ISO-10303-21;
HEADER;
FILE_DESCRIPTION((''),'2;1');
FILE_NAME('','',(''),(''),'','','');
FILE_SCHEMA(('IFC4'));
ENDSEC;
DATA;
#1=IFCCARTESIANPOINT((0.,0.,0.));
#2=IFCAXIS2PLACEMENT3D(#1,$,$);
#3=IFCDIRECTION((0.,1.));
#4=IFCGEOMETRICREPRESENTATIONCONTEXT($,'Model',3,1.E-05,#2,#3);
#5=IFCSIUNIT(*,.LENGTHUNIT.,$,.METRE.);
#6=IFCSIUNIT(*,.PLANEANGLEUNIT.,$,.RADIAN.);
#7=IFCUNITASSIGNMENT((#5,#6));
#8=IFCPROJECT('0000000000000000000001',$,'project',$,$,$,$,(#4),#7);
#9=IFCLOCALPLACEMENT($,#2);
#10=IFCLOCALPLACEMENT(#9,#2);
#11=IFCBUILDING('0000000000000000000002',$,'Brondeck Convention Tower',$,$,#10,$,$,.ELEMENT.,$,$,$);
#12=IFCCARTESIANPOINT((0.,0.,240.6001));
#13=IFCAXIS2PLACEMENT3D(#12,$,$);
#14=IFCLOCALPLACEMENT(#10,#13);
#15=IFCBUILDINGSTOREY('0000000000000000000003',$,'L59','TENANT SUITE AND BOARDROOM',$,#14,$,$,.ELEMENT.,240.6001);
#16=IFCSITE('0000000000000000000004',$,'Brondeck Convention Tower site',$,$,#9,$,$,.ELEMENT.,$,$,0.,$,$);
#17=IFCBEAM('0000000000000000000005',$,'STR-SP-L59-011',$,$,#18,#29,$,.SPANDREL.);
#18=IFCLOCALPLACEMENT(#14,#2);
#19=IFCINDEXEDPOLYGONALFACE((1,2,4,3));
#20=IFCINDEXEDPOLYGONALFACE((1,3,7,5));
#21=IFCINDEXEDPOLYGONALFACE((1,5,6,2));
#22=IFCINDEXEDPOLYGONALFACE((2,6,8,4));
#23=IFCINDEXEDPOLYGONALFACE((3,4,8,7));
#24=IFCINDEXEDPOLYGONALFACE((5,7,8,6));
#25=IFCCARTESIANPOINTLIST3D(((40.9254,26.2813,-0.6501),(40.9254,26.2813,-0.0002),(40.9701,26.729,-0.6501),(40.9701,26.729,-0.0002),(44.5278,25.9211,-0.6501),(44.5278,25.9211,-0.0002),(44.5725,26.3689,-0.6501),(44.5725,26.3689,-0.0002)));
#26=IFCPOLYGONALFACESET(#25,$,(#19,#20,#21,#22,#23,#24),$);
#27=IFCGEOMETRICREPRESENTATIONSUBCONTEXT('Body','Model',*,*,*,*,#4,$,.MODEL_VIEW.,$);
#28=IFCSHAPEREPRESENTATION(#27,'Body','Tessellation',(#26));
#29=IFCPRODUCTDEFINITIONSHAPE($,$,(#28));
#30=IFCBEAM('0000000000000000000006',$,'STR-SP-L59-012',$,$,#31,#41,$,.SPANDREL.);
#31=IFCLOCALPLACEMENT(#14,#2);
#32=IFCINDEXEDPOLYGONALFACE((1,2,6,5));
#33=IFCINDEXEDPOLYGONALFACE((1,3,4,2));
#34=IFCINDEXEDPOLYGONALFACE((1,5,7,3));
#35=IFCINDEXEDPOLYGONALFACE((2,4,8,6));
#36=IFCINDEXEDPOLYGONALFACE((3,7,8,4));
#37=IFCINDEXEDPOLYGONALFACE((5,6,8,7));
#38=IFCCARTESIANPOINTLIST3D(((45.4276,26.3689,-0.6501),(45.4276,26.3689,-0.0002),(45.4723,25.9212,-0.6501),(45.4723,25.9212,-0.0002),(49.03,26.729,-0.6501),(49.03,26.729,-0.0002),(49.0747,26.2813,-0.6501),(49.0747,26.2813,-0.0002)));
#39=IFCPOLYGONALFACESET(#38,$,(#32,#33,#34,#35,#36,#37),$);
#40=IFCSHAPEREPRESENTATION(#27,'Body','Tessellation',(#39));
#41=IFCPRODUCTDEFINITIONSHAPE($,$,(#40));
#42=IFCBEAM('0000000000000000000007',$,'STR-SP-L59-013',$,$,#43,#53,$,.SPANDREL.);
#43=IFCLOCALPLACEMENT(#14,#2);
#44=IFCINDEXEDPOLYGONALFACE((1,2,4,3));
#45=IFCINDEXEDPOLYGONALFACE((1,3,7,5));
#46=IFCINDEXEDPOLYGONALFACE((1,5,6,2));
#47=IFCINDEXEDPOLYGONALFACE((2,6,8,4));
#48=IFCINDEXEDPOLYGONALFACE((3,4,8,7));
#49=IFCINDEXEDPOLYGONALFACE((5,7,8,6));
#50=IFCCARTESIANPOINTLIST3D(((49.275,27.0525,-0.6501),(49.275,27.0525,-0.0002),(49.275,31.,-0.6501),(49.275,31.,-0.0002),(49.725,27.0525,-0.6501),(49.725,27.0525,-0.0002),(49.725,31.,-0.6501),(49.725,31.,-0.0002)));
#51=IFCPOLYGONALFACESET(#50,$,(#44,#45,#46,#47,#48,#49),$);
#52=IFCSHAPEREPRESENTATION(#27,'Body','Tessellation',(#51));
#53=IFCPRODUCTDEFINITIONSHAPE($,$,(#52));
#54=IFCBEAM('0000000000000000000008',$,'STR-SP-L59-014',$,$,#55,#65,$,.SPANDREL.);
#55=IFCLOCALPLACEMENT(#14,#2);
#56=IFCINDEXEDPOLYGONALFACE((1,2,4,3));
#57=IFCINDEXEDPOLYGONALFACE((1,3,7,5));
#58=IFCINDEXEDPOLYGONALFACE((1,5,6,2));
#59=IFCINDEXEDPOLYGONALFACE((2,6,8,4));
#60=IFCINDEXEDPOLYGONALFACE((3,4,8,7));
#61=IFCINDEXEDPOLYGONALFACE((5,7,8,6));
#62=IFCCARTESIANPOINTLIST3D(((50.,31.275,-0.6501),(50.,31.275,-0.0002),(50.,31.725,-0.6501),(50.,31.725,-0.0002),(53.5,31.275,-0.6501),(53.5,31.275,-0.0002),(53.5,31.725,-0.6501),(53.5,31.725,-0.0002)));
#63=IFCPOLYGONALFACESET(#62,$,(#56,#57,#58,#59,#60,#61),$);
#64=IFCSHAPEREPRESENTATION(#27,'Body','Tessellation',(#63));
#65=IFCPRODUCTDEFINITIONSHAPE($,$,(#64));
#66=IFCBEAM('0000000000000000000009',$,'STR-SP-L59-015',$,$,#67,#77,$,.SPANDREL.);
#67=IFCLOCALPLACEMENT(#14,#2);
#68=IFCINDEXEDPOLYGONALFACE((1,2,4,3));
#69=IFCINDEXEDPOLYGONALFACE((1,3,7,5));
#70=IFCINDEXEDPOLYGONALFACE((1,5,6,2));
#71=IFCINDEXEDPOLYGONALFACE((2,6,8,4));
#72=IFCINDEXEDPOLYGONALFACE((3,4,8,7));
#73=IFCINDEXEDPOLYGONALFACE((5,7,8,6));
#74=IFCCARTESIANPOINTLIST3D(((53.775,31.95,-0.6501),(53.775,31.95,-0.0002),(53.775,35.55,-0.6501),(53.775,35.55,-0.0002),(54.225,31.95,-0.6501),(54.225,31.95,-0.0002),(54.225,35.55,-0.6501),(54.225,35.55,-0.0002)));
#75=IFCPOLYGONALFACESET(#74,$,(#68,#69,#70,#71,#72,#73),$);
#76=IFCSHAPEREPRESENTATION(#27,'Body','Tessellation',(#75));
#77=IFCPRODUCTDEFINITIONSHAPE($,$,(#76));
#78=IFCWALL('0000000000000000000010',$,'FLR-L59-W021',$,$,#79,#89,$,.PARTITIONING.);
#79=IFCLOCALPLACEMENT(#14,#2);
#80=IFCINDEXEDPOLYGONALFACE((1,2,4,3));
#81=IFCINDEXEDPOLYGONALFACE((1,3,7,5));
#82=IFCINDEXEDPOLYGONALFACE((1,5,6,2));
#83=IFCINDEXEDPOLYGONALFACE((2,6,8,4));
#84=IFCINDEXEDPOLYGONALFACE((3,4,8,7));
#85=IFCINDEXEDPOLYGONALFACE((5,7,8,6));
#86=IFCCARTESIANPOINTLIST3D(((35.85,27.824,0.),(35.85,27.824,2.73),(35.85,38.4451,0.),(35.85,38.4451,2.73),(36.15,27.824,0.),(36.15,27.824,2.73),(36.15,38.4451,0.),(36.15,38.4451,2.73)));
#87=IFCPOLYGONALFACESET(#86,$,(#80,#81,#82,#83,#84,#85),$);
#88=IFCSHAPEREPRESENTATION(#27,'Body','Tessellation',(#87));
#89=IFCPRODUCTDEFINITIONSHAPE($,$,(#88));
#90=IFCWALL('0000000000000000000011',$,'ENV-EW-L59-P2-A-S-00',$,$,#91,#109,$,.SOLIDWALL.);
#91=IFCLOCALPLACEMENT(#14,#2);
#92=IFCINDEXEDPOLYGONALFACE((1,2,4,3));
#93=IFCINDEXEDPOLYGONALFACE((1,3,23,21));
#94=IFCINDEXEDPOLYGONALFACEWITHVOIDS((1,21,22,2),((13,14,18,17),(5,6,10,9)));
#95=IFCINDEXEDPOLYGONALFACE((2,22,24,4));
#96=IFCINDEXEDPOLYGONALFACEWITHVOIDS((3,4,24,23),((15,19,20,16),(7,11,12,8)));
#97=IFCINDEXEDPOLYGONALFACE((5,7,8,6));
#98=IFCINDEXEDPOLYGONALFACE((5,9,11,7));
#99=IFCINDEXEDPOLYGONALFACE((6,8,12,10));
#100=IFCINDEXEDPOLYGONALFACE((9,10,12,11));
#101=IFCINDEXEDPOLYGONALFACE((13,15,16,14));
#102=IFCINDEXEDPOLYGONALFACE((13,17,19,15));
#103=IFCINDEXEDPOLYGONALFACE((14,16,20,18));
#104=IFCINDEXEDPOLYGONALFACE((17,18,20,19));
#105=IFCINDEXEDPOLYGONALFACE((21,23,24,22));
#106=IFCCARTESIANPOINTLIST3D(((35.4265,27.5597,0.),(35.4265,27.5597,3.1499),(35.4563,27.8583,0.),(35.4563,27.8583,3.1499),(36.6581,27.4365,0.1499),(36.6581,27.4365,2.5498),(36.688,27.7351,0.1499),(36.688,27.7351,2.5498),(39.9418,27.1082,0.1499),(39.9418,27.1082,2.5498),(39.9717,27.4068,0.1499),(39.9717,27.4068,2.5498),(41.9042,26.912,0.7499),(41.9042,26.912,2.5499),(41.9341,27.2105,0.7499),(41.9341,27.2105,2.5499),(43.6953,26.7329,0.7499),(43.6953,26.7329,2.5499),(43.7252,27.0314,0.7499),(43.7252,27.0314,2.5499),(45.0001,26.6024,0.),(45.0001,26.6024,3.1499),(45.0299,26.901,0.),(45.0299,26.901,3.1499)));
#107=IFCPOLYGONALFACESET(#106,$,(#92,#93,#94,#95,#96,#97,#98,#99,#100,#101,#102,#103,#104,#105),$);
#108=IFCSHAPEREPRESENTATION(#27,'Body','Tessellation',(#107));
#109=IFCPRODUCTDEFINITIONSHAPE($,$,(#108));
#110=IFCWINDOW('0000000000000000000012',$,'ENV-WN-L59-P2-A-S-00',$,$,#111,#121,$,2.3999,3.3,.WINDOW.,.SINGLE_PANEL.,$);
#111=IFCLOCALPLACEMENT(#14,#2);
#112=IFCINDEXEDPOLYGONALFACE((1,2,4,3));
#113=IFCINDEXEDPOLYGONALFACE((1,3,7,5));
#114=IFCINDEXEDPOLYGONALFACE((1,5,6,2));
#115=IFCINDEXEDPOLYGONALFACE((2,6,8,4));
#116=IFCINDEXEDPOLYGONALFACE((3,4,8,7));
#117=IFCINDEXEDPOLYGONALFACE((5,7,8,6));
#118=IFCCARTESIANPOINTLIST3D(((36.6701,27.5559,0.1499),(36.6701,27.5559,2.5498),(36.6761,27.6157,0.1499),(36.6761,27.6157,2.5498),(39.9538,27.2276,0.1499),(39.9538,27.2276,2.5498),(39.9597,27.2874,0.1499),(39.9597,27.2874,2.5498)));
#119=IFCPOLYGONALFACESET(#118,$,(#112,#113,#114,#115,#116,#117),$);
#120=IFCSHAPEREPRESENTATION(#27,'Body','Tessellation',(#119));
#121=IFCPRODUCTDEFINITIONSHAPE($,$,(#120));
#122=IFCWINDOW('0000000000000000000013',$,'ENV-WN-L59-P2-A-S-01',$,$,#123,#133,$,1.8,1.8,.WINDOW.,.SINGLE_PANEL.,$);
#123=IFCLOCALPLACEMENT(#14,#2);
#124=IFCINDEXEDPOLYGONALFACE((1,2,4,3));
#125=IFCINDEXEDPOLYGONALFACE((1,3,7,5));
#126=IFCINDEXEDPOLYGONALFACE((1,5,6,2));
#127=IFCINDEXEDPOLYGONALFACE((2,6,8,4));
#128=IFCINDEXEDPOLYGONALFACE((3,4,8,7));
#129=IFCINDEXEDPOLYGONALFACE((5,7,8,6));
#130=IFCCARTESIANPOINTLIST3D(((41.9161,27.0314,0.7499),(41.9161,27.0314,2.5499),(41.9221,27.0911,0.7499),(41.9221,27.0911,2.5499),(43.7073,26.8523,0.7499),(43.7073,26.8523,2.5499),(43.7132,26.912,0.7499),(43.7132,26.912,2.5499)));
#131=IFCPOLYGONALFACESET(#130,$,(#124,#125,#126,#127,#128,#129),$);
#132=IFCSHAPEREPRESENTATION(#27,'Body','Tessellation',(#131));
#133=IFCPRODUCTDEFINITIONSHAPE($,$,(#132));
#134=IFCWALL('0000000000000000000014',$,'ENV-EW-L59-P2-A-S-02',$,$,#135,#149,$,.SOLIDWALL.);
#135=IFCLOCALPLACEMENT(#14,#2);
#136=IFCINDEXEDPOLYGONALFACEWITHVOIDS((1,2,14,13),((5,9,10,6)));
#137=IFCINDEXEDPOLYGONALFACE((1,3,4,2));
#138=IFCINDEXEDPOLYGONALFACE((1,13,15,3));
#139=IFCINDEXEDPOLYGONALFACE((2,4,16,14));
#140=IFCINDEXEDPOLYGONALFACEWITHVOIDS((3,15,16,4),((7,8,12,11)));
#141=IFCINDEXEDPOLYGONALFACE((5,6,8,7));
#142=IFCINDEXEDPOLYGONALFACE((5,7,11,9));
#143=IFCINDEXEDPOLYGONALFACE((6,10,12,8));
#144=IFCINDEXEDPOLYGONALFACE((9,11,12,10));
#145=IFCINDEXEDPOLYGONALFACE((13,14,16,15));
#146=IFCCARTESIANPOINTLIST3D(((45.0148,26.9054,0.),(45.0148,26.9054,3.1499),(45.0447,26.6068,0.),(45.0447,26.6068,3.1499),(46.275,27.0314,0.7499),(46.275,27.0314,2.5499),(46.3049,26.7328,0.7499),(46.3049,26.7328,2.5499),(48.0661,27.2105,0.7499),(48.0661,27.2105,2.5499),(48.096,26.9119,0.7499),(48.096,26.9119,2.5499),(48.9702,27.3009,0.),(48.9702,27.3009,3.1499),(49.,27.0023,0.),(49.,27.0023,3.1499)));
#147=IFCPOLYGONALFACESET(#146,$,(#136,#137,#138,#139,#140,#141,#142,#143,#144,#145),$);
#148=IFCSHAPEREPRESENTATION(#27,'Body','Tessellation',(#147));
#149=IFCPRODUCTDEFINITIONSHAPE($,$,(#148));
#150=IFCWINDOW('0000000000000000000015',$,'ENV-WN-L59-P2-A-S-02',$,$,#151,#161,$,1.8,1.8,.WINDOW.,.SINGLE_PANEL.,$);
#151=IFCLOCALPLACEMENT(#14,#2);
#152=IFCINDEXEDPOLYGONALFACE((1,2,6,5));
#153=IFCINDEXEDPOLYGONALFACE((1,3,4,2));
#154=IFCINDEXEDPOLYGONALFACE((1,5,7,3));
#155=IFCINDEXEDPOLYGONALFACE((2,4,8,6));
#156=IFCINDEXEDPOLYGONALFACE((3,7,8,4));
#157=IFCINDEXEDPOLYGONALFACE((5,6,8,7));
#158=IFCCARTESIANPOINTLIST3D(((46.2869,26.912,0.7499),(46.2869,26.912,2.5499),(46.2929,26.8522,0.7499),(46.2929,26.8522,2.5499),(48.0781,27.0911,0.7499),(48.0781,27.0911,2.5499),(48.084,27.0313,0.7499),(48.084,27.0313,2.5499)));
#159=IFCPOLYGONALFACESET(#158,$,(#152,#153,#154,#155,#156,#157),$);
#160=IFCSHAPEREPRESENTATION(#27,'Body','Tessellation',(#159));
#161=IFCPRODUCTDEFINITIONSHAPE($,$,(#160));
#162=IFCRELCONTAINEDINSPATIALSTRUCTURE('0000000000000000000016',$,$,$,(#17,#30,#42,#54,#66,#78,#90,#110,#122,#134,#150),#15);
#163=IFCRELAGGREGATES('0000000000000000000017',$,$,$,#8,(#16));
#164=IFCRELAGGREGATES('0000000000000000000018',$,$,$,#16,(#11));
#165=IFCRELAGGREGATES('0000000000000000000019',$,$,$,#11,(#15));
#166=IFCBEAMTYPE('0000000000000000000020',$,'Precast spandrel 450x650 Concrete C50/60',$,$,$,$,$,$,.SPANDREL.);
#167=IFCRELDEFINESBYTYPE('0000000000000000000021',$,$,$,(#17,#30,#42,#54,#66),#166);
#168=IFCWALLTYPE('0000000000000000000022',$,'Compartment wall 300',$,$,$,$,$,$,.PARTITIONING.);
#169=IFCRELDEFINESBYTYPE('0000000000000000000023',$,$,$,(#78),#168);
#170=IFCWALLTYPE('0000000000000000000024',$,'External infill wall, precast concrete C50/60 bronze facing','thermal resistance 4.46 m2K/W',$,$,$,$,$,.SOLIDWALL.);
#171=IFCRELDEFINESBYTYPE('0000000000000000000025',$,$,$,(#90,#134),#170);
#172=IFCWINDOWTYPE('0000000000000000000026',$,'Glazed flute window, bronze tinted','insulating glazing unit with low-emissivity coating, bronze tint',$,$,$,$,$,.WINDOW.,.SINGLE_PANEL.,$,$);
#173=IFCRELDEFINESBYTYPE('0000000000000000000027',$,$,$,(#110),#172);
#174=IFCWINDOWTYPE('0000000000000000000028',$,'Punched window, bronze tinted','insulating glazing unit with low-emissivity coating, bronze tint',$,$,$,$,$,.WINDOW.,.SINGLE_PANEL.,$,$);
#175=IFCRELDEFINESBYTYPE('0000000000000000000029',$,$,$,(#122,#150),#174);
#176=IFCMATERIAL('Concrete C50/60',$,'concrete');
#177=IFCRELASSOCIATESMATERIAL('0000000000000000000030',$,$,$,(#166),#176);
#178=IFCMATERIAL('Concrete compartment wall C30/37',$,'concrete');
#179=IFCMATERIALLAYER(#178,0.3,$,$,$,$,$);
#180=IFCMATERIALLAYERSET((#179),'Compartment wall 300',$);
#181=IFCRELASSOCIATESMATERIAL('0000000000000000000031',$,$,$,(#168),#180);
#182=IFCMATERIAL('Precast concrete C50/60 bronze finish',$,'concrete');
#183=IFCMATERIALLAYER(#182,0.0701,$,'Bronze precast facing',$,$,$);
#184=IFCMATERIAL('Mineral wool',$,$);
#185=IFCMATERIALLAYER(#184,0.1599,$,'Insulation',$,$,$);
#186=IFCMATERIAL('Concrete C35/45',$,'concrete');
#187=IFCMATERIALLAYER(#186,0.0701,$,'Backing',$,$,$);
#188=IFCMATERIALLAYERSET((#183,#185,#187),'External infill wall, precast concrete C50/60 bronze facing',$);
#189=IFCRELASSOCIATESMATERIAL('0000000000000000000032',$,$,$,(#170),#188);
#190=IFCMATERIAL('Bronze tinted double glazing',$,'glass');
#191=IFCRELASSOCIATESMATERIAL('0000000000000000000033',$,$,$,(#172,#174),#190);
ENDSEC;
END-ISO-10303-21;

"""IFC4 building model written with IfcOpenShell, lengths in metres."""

from ifc_helpers import new_model, si_unit, direction, frame, frame_2d, origin, origin_2d, place, context, subcontext, project, spatial, rectangle, extrude, material, layer, layer_set, material_profile, profile_set, type_object, element, fill, save


model = new_model("IFC4")

# Units and contexts
model_context = context("Model", 3, precision=1e-05, world=origin(), true_north=direction((0.0, 1.0)))
body_context = subcontext(model_context, "Body", "Model", "MODEL_VIEW")
ifc_project = project(units=[si_unit("LENGTHUNIT", "METRE"), si_unit("PLANEANGLEUNIT", "RADIAN")], contexts=[model_context])

# Site, building, storey
site_placement = place(None, origin())
site = spatial("IfcSite", under=ifc_project, at=site_placement, Name="Brondeck Convention Tower site", CompositionType="ELEMENT", RefElevation=0.0)
building_placement = place(site_placement, origin())
building = spatial("IfcBuilding", under=site, at=building_placement, Name="Brondeck Convention Tower", CompositionType="ELEMENT")
storey_placement = place(building_placement, frame((0.0, 0.0, 240.6001)))
storey = spatial("IfcBuildingStorey", under=building, at=storey_placement, Name="L59", Description="TENANT SUITE AND BOARDROOM", CompositionType="ELEMENT", Elevation=240.6001)

# Shared definitions
ifc_material_1 = material(Name="Concrete C50/60", Category="concrete")

# Beams
ifc_material_profile_1 = material_profile(ifc_material_1, rectangle(XDim=0.45, YDim=0.6499, at=origin_2d()), Name="Precast spandrel 450x650 Concrete C50/60")
ifc_profile_set_1 = profile_set([ifc_material_profile_1], Name="Concrete C50/60")
beam_type_1 = type_object("IfcBeamType", Name="Precast spandrel 450x650 Concrete C50/60", PredefinedType="SPANDREL", material=ifc_profile_set_1)
for number, where, z_axis, x_axis, name in (
    (1, (40.9478, 26.5051, -0.3252), (0.995041, -0.09947, 0.0), (0.09947, 0.995041, 0.0), "STR-SP-L59-011"),
    (2, (45.45, 26.145, -0.3252), (0.995041, 0.09947, 0.0), (-0.09947, 0.995041, 0.0), "STR-SP-L59-012"),
):
    element("IfcBeam", number, at=place(storey_placement, frame(where, z_axis=z_axis, x_axis=x_axis)), inside=storey, type_object=beam_type_1, Name=name, PredefinedType="SPANDREL", context=body_context, shape_type="SweptSolid", body=[
        extrude(rectangle(XDim=0.45, YDim=0.6499, at=origin_2d()), origin(), (0.0, 0.0, 1.0), 3.6204),
    ])
beam_1_placement = place(storey_placement, frame((49.5, 27.0525, -0.3252), z_axis=(0.0, 1.0, 0.0), x_axis=(-1.0, 0.0, 0.0)))
element("IfcBeam", 3, at=beam_1_placement, inside=storey, type_object=beam_type_1, Name="STR-SP-L59-013", PredefinedType="SPANDREL", context=body_context, shape_type="SweptSolid", body=[
    extrude(rectangle(XDim=0.45, YDim=0.6499, at=origin_2d()), origin(), (0.0, 0.0, 1.0), 3.9475),
])
beam_2_placement = place(storey_placement, frame((50.0, 31.5, -0.3252), z_axis=(1.0, 0.0, 0.0), x_axis=(0.0, 1.0, 0.0)))
element("IfcBeam", 4, at=beam_2_placement, inside=storey, type_object=beam_type_1, Name="STR-SP-L59-014", PredefinedType="SPANDREL", context=body_context, shape_type="SweptSolid", body=[
    extrude(rectangle(XDim=0.45, YDim=0.6499, at=origin_2d()), origin(), (0.0, 0.0, 1.0), 3.5),
])
beam_3_placement = place(storey_placement, frame((54.0, 31.95, -0.3252), z_axis=(0.0, 1.0, 0.0), x_axis=(-1.0, 0.0, 0.0)))
element("IfcBeam", 5, at=beam_3_placement, inside=storey, type_object=beam_type_1, Name="STR-SP-L59-015", PredefinedType="SPANDREL", context=body_context, shape_type="SweptSolid", body=[
    extrude(rectangle(XDim=0.45, YDim=0.6499, at=origin_2d()), origin(), (0.0, 0.0, 1.0), 3.6001),
])

# Wall
ifc_material_2 = material(Name="Concrete compartment wall C30/37", Category="concrete")
ifc_layer_1 = layer(ifc_material_2, 0.3)
ifc_layer_set_1 = layer_set([ifc_layer_1], Name="Compartment wall 300")
wall_type_1 = type_object("IfcWallType", Name="Compartment wall 300", PredefinedType="PARTITIONING", material=ifc_layer_set_1)
wall_1_placement = place(storey_placement, frame((36.0, 27.824, 0.0), z_axis=(0.0, 0.0, 1.0), x_axis=(0.0, 1.0, 0.0)))
element("IfcWall", 6, at=wall_1_placement, inside=storey, type_object=wall_type_1, Name="FLR-L59-W021", PredefinedType="PARTITIONING", context=body_context, shape_type="SweptSolid", body=[
    extrude(rectangle(XDim=10.6211, YDim=0.3, at=frame_2d((5.3105, 0.0))), origin(), (0.0, 0.0, 1.0), 2.73),
])

# Wall, openings, windows
ifc_material_3 = material(Name="Precast concrete C50/60 bronze finish", Category="concrete")
ifc_layer_2 = layer(ifc_material_3, 0.0701, Name="Bronze precast facing")
ifc_material_4 = material(Name="Mineral wool")
ifc_layer_3 = layer(ifc_material_4, 0.1599, Name="Insulation")
ifc_material_5 = material(Name="Concrete C35/45", Category="concrete")
ifc_layer_4 = layer(ifc_material_5, 0.0701, Name="Backing")
ifc_layer_set_2 = layer_set([ifc_layer_2, ifc_layer_3, ifc_layer_4], Name="External infill wall, precast concrete C50/60 bronze facing")
wall_type_2 = type_object("IfcWallType", Name="External infill wall, precast concrete C50/60 bronze facing", Description="thermal resistance 4.46 m2K/W", PredefinedType="SOLIDWALL", material=ifc_layer_set_2)
wall_2_placement = place(storey_placement, frame((45.0149, 26.7517, 0.0), z_axis=(0.0, 0.0, 1.0), x_axis=(-0.995038, 0.099496, 0.0)))
wall_2 = element("IfcWall", 7, at=wall_2_placement, inside=storey, type_object=wall_type_2, Name="ENV-EW-L59-P2-A-S-00", PredefinedType="SOLIDWALL", context=body_context, shape_type="SweptSolid", body=[
    extrude(rectangle(XDim=9.6213, YDim=0.3, at=frame_2d((4.8105, 0.0))), origin(), (0.0, 0.0, 1.0), 3.1499),
])
opening_1_placement = place(wall_2_placement, frame((1.3113, 0.0, 0.75)))
opening_1 = element("IfcOpeningElement", 8, at=opening_1_placement, cuts=wall_2, PredefinedType="OPENING", context=body_context, shape_type="SweptSolid", body=[
    extrude(rectangle(XDim=1.8, YDim=1.8, at=frame_2d((0.8999, 0.8999))), frame((0.0, 0.1599, 0.0), z_axis=(0.0, -1.0, 0.0), x_axis=(1.0, 0.0, 0.0)), (0.0, 0.0, 1.0), 0.3201),
])
opening_2_placement = place(wall_2_placement, frame((5.0835, 0.0, 0.1499)))
opening_2 = element("IfcOpeningElement", 9, at=opening_2_placement, cuts=wall_2, PredefinedType="OPENING", context=body_context, shape_type="SweptSolid", body=[
    extrude(rectangle(XDim=3.3, YDim=2.3999, at=frame_2d((1.6499, 1.2))), frame((0.0, 0.1599, 0.0), z_axis=(0.0, -1.0, 0.0), x_axis=(1.0, 0.0, 0.0)), (0.0, 0.0, 1.0), 0.3201),
])
ifc_material_6 = material(Name="Bronze tinted double glazing", Category="glass")
window_type_1 = type_object("IfcWindowType", Name="Glazed flute window, bronze tinted", Description="insulating glazing unit with low-emissivity coating, bronze tint", PartitioningType="SINGLE_PANEL", PredefinedType="WINDOW", material=ifc_material_6)
window_1_placement = place(opening_2_placement, origin())
window_1 = element("IfcWindow", 10, at=window_1_placement, inside=storey, type_object=window_type_1, Name="ENV-WN-L59-P2-A-S-00", OverallHeight=2.3999, OverallWidth=3.3, PartitioningType="SINGLE_PANEL", PredefinedType="WINDOW", context=body_context, shape_type="SweptSolid", body=[
    extrude(rectangle(XDim=3.3, YDim=2.3999, at=frame_2d((1.6499, 1.2))), frame((0.0, 0.03, 0.0), z_axis=(0.0, -1.0, 0.0), x_axis=(1.0, 0.0, 0.0)), (0.0, 0.0, 1.0), 0.0601),
])
fill(opening_2, window_1)
window_type_2 = type_object("IfcWindowType", Name="Punched window, bronze tinted", Description="insulating glazing unit with low-emissivity coating, bronze tint", PartitioningType="SINGLE_PANEL", PredefinedType="WINDOW", material=ifc_material_6)
window_2_placement = place(opening_1_placement, origin())
window_2 = element("IfcWindow", 11, at=window_2_placement, inside=storey, type_object=window_type_2, Name="ENV-WN-L59-P2-A-S-01", OverallHeight=1.8, OverallWidth=1.8, PartitioningType="SINGLE_PANEL", PredefinedType="WINDOW", context=body_context, shape_type="SweptSolid", body=[
    extrude(rectangle(XDim=1.8, YDim=1.8, at=frame_2d((0.8999, 0.8999))), frame((0.0, 0.03, 0.0), z_axis=(0.0, -1.0, 0.0), x_axis=(1.0, 0.0, 0.0)), (0.0, 0.0, 1.0), 0.0601),
])
fill(opening_1, window_2)

# Wall, opening, window
wall_3_placement = place(storey_placement, frame((48.9851, 27.1516, 0.0), z_axis=(0.0, 0.0, 1.0), x_axis=(-0.995038, -0.099498, 0.0)))
wall_3 = element("IfcWall", 12, at=wall_3_placement, inside=storey, type_object=wall_type_2, Name="ENV-EW-L59-P2-A-S-02", PredefinedType="SOLIDWALL", context=body_context, shape_type="SweptSolid", body=[
    extrude(rectangle(XDim=3.9751, YDim=0.3, at=frame_2d((1.9875, 0.0))), origin(), (0.0, 0.0, 1.0), 3.1499),
])
opening_3_placement = place(wall_3_placement, frame((0.9087, 0.0, 0.75)))
opening_3 = element("IfcOpeningElement", 13, at=opening_3_placement, cuts=wall_3, PredefinedType="OPENING", context=body_context, shape_type="SweptSolid", body=[
    extrude(rectangle(XDim=1.8, YDim=1.8, at=frame_2d((0.8999, 0.8999))), frame((0.0, 0.1599, 0.0), z_axis=(0.0, -1.0, 0.0), x_axis=(1.0, 0.0, 0.0)), (0.0, 0.0, 1.0), 0.3201),
])
window_3_placement = place(opening_3_placement, origin())
window_3 = element("IfcWindow", 14, at=window_3_placement, inside=storey, type_object=window_type_2, Name="ENV-WN-L59-P2-A-S-02", OverallHeight=1.8, OverallWidth=1.8, PartitioningType="SINGLE_PANEL", PredefinedType="WINDOW", context=body_context, shape_type="SweptSolid", body=[
    extrude(rectangle(XDim=1.8, YDim=1.8, at=frame_2d((0.8999, 0.8999))), frame((0.0, 0.03, 0.0), z_axis=(0.0, -1.0, 0.0), x_axis=(1.0, 0.0, 0.0)), (0.0, 0.0, 1.0), 0.0601),
])
fill(opening_3, window_3)

save(model, "model.ifc")
